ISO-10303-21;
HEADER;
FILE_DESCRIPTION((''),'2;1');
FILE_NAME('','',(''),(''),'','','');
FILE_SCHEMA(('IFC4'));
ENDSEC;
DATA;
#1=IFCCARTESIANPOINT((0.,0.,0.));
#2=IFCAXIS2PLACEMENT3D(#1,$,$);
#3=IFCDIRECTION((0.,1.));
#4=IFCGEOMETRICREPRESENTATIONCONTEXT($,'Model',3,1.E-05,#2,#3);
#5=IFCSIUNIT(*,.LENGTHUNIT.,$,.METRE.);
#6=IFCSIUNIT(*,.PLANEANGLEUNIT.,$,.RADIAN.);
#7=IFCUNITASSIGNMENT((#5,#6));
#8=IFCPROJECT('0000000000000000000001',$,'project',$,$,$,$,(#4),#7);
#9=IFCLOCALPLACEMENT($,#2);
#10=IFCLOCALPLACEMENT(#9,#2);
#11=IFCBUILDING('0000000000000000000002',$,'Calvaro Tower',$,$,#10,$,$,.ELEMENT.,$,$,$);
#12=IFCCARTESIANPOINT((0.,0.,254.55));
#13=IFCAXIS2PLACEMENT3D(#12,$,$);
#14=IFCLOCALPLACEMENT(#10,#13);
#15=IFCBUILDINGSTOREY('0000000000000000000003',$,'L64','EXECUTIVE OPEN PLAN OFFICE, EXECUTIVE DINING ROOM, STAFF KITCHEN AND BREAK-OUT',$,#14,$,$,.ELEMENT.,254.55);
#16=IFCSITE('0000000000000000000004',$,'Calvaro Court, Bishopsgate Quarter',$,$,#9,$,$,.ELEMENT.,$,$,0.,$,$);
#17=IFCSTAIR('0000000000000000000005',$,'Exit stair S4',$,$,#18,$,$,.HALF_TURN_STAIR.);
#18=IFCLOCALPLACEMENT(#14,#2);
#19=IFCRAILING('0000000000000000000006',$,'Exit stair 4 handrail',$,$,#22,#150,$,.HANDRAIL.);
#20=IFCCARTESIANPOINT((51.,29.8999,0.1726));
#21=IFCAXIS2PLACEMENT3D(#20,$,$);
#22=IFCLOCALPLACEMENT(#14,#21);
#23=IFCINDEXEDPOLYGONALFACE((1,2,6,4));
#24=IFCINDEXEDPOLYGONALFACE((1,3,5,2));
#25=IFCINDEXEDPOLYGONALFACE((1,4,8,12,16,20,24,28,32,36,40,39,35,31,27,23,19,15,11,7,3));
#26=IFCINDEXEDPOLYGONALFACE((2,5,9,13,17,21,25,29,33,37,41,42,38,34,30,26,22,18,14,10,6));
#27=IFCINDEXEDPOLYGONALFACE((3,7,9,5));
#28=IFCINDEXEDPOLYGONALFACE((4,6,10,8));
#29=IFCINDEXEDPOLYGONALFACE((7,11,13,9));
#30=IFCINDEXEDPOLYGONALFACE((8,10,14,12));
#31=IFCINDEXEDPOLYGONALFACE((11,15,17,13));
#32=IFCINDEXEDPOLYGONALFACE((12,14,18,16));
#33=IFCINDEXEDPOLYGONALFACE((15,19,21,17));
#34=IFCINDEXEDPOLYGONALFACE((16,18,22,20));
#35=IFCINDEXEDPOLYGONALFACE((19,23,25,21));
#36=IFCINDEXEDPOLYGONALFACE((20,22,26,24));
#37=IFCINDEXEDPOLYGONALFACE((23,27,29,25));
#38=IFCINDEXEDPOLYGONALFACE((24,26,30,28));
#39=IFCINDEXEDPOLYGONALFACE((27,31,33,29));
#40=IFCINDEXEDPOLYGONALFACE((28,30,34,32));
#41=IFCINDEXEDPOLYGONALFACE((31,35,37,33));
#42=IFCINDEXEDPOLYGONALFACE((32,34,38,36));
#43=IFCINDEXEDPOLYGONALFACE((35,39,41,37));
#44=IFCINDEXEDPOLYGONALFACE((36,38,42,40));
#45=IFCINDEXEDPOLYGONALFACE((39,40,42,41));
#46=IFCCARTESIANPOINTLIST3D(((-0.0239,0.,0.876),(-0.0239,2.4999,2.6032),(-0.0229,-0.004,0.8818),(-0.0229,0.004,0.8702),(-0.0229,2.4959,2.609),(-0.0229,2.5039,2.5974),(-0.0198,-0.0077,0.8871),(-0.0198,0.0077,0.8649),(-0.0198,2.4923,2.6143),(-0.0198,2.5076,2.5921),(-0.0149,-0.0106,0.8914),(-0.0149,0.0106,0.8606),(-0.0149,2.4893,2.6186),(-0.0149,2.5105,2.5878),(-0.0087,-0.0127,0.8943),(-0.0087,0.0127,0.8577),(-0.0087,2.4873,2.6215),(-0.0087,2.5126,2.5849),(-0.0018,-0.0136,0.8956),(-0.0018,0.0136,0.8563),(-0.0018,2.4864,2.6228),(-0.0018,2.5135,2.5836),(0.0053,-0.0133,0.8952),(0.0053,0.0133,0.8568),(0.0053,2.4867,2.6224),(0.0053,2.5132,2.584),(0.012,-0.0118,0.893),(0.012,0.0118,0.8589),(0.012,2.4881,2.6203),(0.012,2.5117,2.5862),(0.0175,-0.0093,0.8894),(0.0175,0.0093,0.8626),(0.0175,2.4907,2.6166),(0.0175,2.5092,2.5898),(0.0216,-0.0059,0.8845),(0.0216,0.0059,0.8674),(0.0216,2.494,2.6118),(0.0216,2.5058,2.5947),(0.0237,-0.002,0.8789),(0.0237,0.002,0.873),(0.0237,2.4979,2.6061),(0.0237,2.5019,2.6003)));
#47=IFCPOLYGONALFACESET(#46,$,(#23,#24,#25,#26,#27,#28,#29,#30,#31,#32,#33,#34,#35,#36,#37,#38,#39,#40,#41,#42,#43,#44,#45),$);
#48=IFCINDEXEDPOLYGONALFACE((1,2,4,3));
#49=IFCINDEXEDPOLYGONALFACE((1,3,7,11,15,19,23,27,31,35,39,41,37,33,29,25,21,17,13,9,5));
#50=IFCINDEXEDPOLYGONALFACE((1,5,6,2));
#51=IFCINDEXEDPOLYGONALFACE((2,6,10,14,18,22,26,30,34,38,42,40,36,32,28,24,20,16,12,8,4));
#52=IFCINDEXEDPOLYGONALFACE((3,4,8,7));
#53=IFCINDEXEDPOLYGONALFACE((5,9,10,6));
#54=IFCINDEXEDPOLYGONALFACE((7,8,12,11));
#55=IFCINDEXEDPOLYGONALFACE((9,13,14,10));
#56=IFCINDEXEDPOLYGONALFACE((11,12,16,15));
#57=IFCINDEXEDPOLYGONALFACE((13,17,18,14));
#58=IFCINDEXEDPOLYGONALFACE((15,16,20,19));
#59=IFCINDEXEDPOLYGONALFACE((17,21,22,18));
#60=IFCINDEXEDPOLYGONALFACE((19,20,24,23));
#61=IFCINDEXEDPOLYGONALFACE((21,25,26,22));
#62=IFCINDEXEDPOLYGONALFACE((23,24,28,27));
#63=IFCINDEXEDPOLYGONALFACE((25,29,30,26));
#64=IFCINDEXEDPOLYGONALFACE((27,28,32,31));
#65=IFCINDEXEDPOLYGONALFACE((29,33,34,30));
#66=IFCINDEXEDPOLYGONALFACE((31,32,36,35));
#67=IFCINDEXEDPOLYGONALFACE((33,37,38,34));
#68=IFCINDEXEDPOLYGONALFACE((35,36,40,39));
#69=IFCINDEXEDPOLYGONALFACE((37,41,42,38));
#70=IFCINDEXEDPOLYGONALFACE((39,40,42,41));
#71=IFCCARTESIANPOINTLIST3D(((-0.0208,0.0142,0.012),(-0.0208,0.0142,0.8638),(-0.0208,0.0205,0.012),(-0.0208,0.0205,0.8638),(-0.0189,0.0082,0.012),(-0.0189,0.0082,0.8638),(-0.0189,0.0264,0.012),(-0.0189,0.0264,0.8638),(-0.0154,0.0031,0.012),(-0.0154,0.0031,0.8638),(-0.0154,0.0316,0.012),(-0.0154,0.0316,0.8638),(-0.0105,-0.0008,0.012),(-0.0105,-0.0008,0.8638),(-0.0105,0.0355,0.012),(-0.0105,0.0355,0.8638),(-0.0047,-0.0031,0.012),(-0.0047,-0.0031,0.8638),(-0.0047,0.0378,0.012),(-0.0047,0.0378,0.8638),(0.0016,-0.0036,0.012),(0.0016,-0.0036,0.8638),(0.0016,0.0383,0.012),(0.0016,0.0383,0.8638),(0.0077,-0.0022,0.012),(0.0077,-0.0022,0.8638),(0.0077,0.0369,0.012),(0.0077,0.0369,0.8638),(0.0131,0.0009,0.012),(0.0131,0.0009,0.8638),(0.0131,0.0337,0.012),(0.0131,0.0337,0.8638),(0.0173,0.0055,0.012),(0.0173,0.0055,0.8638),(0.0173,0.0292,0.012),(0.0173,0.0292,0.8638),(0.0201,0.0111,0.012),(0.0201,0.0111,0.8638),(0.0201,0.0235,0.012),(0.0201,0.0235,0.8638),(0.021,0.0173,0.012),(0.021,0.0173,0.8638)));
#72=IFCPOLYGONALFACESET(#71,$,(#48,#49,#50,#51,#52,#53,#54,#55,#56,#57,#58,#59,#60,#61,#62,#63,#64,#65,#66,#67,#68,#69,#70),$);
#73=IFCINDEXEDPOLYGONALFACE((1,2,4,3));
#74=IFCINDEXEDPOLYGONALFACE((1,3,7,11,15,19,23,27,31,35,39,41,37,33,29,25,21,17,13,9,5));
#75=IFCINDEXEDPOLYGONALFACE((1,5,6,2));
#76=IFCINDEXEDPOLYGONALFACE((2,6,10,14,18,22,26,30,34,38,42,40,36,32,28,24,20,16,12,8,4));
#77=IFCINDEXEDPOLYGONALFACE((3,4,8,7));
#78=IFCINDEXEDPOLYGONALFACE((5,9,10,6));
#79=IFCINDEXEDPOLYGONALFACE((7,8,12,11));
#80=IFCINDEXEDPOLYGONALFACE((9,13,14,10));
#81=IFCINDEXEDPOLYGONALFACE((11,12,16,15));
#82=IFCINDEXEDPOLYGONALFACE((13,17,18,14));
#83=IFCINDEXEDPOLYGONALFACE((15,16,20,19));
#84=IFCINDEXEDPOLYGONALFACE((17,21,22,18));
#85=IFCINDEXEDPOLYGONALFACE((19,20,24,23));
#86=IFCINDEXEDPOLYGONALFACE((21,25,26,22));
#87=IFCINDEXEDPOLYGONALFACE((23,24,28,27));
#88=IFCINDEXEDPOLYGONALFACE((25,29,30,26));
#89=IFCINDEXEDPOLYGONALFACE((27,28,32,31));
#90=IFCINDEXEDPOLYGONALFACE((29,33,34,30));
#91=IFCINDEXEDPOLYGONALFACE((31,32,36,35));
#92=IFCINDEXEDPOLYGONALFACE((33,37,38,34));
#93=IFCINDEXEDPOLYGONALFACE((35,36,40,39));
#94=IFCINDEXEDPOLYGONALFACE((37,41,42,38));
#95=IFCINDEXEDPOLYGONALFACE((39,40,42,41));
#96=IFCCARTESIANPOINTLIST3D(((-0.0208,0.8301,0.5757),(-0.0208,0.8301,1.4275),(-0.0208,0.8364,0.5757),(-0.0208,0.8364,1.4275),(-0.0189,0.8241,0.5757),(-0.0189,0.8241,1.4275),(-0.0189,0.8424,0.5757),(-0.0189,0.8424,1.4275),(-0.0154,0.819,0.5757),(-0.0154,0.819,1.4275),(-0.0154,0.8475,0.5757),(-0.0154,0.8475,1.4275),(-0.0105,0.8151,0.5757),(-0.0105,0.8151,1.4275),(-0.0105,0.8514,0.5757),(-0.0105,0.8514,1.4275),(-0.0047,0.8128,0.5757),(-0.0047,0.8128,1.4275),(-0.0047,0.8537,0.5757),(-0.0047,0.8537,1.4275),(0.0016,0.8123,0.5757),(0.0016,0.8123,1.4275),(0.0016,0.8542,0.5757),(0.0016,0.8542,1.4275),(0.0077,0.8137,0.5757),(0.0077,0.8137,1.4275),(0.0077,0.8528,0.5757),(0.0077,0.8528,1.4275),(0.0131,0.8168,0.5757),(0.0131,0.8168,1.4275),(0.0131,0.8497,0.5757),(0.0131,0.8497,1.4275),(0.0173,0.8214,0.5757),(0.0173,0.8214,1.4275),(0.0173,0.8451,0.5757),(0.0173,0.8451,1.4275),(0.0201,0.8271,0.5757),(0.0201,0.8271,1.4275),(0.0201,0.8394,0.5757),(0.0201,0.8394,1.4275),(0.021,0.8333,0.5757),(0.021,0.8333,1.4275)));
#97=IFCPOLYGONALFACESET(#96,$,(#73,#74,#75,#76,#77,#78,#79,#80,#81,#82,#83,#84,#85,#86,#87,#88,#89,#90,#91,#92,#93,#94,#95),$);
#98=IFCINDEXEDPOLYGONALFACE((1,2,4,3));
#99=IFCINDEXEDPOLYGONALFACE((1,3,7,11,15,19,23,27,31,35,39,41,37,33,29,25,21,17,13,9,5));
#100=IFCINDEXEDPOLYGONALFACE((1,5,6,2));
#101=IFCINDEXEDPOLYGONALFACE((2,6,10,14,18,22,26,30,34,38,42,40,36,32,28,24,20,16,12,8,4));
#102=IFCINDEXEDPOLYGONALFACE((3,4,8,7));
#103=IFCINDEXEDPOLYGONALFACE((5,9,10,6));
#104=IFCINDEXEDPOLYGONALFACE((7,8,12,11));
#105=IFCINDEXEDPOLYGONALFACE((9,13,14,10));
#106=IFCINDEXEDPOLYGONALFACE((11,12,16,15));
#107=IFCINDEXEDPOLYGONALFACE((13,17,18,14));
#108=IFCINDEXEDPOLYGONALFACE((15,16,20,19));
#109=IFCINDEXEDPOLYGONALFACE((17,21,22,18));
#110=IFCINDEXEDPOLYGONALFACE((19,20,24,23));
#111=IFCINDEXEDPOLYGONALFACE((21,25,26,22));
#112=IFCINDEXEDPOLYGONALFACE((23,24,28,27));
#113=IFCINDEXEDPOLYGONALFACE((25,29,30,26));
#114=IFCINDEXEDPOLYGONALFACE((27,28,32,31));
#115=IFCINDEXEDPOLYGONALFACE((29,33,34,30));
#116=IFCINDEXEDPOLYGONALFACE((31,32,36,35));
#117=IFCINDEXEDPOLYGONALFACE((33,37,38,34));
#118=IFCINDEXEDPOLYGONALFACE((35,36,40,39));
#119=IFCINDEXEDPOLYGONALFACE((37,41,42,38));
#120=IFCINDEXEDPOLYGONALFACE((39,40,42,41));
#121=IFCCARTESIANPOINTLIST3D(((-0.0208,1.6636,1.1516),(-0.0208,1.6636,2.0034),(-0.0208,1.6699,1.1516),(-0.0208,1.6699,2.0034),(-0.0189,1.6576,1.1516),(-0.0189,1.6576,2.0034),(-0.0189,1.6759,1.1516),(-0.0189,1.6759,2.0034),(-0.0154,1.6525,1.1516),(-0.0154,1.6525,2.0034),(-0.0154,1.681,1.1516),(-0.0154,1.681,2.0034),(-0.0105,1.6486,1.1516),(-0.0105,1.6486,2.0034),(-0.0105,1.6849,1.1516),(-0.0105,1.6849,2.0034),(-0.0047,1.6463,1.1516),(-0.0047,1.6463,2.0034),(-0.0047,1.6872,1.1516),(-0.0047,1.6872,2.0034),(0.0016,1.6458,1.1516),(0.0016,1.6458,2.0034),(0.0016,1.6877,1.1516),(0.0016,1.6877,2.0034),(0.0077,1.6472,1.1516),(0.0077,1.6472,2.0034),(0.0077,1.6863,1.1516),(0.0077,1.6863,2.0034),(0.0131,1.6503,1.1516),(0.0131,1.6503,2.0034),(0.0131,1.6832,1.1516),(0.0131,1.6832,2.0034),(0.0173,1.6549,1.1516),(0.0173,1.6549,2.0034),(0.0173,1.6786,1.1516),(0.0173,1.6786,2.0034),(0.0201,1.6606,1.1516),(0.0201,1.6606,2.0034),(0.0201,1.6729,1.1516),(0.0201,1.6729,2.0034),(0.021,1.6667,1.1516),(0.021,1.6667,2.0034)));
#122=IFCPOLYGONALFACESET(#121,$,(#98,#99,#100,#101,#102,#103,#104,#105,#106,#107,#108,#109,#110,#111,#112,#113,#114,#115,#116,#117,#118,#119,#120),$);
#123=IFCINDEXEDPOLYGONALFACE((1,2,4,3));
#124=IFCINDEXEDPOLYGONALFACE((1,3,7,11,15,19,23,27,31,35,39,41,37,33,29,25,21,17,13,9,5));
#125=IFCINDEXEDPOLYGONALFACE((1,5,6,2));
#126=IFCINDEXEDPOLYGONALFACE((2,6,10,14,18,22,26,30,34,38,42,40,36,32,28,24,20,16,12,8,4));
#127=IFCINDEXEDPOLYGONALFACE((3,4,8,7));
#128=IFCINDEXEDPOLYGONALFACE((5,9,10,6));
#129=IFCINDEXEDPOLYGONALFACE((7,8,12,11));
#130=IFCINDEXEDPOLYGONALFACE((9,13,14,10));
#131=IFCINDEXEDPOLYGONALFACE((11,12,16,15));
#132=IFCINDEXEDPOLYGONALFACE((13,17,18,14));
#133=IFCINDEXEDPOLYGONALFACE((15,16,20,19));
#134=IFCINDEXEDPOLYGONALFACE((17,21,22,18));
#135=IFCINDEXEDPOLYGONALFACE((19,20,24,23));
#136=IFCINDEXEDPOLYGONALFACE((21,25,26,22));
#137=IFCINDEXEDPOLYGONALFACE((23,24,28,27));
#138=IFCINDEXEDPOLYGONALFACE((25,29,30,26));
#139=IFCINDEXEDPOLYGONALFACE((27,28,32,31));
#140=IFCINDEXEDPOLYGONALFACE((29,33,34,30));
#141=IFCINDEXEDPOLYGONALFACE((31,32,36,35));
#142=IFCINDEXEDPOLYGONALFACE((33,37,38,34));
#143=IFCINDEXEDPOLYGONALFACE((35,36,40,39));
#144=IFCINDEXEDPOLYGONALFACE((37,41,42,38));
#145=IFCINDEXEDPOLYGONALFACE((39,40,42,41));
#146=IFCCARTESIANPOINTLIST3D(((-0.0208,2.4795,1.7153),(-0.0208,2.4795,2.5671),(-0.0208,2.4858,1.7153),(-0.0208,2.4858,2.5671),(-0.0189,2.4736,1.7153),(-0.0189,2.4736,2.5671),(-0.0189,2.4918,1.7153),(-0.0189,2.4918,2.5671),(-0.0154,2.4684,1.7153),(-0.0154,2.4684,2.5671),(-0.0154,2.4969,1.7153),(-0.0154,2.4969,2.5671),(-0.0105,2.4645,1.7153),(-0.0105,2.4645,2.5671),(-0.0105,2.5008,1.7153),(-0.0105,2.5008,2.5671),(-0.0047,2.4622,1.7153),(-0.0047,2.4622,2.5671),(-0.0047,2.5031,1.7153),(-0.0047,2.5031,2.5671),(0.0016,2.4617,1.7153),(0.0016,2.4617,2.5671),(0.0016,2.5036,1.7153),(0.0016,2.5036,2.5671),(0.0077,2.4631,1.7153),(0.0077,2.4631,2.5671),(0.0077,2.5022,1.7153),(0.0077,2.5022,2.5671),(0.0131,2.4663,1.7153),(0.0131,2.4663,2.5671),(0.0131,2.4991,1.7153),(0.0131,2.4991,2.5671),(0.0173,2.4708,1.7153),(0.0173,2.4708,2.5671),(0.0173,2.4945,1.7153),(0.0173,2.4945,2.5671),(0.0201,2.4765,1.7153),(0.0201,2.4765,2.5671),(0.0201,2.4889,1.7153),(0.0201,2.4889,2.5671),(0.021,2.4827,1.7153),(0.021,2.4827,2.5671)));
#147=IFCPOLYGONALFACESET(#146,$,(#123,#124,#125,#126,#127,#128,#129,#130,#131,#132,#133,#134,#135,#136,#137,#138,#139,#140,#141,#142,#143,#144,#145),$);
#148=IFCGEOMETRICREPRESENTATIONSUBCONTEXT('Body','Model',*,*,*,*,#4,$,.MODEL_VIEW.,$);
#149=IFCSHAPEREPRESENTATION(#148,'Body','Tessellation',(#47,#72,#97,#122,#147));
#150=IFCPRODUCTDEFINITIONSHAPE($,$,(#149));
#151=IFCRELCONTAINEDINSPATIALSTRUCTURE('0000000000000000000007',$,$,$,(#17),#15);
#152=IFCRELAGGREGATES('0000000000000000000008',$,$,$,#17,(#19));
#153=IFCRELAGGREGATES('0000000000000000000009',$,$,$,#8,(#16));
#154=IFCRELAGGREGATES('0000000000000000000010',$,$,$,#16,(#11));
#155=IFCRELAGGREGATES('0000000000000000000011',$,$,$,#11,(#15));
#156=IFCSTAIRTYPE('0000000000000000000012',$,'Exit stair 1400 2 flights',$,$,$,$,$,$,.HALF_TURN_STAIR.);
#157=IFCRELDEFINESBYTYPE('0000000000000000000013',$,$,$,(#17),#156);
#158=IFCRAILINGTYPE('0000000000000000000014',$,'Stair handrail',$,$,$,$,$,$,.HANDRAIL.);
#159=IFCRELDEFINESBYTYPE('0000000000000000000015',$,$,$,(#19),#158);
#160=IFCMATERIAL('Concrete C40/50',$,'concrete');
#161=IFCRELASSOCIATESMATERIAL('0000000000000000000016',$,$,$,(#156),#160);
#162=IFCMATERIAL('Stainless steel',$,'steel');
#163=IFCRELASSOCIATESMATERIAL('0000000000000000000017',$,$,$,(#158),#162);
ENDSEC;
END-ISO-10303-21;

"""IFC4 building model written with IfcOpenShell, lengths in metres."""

from ifc_helpers import new_model, si_unit, direction, frame, origin, origin_2d, place, context, subcontext, project, spatial, circle, extrude, material, type_object, element, aggregate, save


model = new_model("IFC4")

# Units and contexts
model_context = context("Model", 3, precision=1e-05, world=origin(), true_north=direction((0.0, 1.0)))
body_context = subcontext(model_context, "Body", "Model", "MODEL_VIEW")
ifc_project = project(units=[si_unit("LENGTHUNIT", "METRE"), si_unit("PLANEANGLEUNIT", "RADIAN")], contexts=[model_context])

# Site, building, storey
site_placement = place(None, origin())
site = spatial("IfcSite", under=ifc_project, at=site_placement, Name="Calvaro Court, Bishopsgate Quarter", CompositionType="ELEMENT", RefElevation=0.0)
building_placement = place(site_placement, origin())
building = spatial("IfcBuilding", under=site, at=building_placement, Name="Calvaro Tower", CompositionType="ELEMENT")
storey_placement = place(building_placement, frame((0.0, 0.0, 254.55)))
storey = spatial("IfcBuildingStorey", under=building, at=storey_placement, Name="L64", Description="EXECUTIVE OPEN PLAN OFFICE, EXECUTIVE DINING ROOM, STAFF KITCHEN AND BREAK-OUT", CompositionType="ELEMENT", Elevation=254.55)

# Stair
ifc_material_1 = material(Name="Concrete C40/50", Category="concrete")
stair_type = type_object("IfcStairType", Name="Exit stair 1400 2 flights", PredefinedType="HALF_TURN_STAIR", material=ifc_material_1)
stair_1_placement = place(storey_placement, origin())
stair_1 = element("IfcStair", 1, at=stair_1_placement, inside=storey, type_object=stair_type, Name="Exit stair S4", PredefinedType="HALF_TURN_STAIR")

# Railing
ifc_material_2 = material(Name="Stainless steel", Category="steel")
railing_type = type_object("IfcRailingType", Name="Stair handrail", PredefinedType="HANDRAIL", material=ifc_material_2)
railing_1_placement = place(storey_placement, frame((51.0, 29.8999, 0.1726)))
railing_1 = element("IfcRailing", 2, at=railing_1_placement, type_object=railing_type, Name="Exit stair 4 handrail", PredefinedType="HANDRAIL", context=body_context, shape_type="SweptSolid", body=[
    extrude(circle(Radius=0.0239, at=origin_2d()), frame((0.0, 0.0, 0.876), z_axis=(0.0, 0.822727, 0.568437), x_axis=(-1.0, 0.0, 0.0)), (0.0, 0.0, 1.0), 3.0386),
    extrude(circle(Radius=0.021, at=origin_2d()), frame((0.0, 0.0173, 0.012)), (0.0, 0.0, 1.0), 0.8518),
    extrude(circle(Radius=0.021, at=origin_2d()), frame((0.0, 0.8333, 0.5757)), (0.0, 0.0, 1.0), 0.8518),
    extrude(circle(Radius=0.021, at=origin_2d()), frame((0.0, 1.6667, 1.1516)), (0.0, 0.0, 1.0), 0.8518),
    extrude(circle(Radius=0.021, at=origin_2d()), frame((0.0, 2.4827, 1.7153)), (0.0, 0.0, 1.0), 0.8518),
])
aggregate(stair_1, [railing_1])

save(model, "model.ifc")
